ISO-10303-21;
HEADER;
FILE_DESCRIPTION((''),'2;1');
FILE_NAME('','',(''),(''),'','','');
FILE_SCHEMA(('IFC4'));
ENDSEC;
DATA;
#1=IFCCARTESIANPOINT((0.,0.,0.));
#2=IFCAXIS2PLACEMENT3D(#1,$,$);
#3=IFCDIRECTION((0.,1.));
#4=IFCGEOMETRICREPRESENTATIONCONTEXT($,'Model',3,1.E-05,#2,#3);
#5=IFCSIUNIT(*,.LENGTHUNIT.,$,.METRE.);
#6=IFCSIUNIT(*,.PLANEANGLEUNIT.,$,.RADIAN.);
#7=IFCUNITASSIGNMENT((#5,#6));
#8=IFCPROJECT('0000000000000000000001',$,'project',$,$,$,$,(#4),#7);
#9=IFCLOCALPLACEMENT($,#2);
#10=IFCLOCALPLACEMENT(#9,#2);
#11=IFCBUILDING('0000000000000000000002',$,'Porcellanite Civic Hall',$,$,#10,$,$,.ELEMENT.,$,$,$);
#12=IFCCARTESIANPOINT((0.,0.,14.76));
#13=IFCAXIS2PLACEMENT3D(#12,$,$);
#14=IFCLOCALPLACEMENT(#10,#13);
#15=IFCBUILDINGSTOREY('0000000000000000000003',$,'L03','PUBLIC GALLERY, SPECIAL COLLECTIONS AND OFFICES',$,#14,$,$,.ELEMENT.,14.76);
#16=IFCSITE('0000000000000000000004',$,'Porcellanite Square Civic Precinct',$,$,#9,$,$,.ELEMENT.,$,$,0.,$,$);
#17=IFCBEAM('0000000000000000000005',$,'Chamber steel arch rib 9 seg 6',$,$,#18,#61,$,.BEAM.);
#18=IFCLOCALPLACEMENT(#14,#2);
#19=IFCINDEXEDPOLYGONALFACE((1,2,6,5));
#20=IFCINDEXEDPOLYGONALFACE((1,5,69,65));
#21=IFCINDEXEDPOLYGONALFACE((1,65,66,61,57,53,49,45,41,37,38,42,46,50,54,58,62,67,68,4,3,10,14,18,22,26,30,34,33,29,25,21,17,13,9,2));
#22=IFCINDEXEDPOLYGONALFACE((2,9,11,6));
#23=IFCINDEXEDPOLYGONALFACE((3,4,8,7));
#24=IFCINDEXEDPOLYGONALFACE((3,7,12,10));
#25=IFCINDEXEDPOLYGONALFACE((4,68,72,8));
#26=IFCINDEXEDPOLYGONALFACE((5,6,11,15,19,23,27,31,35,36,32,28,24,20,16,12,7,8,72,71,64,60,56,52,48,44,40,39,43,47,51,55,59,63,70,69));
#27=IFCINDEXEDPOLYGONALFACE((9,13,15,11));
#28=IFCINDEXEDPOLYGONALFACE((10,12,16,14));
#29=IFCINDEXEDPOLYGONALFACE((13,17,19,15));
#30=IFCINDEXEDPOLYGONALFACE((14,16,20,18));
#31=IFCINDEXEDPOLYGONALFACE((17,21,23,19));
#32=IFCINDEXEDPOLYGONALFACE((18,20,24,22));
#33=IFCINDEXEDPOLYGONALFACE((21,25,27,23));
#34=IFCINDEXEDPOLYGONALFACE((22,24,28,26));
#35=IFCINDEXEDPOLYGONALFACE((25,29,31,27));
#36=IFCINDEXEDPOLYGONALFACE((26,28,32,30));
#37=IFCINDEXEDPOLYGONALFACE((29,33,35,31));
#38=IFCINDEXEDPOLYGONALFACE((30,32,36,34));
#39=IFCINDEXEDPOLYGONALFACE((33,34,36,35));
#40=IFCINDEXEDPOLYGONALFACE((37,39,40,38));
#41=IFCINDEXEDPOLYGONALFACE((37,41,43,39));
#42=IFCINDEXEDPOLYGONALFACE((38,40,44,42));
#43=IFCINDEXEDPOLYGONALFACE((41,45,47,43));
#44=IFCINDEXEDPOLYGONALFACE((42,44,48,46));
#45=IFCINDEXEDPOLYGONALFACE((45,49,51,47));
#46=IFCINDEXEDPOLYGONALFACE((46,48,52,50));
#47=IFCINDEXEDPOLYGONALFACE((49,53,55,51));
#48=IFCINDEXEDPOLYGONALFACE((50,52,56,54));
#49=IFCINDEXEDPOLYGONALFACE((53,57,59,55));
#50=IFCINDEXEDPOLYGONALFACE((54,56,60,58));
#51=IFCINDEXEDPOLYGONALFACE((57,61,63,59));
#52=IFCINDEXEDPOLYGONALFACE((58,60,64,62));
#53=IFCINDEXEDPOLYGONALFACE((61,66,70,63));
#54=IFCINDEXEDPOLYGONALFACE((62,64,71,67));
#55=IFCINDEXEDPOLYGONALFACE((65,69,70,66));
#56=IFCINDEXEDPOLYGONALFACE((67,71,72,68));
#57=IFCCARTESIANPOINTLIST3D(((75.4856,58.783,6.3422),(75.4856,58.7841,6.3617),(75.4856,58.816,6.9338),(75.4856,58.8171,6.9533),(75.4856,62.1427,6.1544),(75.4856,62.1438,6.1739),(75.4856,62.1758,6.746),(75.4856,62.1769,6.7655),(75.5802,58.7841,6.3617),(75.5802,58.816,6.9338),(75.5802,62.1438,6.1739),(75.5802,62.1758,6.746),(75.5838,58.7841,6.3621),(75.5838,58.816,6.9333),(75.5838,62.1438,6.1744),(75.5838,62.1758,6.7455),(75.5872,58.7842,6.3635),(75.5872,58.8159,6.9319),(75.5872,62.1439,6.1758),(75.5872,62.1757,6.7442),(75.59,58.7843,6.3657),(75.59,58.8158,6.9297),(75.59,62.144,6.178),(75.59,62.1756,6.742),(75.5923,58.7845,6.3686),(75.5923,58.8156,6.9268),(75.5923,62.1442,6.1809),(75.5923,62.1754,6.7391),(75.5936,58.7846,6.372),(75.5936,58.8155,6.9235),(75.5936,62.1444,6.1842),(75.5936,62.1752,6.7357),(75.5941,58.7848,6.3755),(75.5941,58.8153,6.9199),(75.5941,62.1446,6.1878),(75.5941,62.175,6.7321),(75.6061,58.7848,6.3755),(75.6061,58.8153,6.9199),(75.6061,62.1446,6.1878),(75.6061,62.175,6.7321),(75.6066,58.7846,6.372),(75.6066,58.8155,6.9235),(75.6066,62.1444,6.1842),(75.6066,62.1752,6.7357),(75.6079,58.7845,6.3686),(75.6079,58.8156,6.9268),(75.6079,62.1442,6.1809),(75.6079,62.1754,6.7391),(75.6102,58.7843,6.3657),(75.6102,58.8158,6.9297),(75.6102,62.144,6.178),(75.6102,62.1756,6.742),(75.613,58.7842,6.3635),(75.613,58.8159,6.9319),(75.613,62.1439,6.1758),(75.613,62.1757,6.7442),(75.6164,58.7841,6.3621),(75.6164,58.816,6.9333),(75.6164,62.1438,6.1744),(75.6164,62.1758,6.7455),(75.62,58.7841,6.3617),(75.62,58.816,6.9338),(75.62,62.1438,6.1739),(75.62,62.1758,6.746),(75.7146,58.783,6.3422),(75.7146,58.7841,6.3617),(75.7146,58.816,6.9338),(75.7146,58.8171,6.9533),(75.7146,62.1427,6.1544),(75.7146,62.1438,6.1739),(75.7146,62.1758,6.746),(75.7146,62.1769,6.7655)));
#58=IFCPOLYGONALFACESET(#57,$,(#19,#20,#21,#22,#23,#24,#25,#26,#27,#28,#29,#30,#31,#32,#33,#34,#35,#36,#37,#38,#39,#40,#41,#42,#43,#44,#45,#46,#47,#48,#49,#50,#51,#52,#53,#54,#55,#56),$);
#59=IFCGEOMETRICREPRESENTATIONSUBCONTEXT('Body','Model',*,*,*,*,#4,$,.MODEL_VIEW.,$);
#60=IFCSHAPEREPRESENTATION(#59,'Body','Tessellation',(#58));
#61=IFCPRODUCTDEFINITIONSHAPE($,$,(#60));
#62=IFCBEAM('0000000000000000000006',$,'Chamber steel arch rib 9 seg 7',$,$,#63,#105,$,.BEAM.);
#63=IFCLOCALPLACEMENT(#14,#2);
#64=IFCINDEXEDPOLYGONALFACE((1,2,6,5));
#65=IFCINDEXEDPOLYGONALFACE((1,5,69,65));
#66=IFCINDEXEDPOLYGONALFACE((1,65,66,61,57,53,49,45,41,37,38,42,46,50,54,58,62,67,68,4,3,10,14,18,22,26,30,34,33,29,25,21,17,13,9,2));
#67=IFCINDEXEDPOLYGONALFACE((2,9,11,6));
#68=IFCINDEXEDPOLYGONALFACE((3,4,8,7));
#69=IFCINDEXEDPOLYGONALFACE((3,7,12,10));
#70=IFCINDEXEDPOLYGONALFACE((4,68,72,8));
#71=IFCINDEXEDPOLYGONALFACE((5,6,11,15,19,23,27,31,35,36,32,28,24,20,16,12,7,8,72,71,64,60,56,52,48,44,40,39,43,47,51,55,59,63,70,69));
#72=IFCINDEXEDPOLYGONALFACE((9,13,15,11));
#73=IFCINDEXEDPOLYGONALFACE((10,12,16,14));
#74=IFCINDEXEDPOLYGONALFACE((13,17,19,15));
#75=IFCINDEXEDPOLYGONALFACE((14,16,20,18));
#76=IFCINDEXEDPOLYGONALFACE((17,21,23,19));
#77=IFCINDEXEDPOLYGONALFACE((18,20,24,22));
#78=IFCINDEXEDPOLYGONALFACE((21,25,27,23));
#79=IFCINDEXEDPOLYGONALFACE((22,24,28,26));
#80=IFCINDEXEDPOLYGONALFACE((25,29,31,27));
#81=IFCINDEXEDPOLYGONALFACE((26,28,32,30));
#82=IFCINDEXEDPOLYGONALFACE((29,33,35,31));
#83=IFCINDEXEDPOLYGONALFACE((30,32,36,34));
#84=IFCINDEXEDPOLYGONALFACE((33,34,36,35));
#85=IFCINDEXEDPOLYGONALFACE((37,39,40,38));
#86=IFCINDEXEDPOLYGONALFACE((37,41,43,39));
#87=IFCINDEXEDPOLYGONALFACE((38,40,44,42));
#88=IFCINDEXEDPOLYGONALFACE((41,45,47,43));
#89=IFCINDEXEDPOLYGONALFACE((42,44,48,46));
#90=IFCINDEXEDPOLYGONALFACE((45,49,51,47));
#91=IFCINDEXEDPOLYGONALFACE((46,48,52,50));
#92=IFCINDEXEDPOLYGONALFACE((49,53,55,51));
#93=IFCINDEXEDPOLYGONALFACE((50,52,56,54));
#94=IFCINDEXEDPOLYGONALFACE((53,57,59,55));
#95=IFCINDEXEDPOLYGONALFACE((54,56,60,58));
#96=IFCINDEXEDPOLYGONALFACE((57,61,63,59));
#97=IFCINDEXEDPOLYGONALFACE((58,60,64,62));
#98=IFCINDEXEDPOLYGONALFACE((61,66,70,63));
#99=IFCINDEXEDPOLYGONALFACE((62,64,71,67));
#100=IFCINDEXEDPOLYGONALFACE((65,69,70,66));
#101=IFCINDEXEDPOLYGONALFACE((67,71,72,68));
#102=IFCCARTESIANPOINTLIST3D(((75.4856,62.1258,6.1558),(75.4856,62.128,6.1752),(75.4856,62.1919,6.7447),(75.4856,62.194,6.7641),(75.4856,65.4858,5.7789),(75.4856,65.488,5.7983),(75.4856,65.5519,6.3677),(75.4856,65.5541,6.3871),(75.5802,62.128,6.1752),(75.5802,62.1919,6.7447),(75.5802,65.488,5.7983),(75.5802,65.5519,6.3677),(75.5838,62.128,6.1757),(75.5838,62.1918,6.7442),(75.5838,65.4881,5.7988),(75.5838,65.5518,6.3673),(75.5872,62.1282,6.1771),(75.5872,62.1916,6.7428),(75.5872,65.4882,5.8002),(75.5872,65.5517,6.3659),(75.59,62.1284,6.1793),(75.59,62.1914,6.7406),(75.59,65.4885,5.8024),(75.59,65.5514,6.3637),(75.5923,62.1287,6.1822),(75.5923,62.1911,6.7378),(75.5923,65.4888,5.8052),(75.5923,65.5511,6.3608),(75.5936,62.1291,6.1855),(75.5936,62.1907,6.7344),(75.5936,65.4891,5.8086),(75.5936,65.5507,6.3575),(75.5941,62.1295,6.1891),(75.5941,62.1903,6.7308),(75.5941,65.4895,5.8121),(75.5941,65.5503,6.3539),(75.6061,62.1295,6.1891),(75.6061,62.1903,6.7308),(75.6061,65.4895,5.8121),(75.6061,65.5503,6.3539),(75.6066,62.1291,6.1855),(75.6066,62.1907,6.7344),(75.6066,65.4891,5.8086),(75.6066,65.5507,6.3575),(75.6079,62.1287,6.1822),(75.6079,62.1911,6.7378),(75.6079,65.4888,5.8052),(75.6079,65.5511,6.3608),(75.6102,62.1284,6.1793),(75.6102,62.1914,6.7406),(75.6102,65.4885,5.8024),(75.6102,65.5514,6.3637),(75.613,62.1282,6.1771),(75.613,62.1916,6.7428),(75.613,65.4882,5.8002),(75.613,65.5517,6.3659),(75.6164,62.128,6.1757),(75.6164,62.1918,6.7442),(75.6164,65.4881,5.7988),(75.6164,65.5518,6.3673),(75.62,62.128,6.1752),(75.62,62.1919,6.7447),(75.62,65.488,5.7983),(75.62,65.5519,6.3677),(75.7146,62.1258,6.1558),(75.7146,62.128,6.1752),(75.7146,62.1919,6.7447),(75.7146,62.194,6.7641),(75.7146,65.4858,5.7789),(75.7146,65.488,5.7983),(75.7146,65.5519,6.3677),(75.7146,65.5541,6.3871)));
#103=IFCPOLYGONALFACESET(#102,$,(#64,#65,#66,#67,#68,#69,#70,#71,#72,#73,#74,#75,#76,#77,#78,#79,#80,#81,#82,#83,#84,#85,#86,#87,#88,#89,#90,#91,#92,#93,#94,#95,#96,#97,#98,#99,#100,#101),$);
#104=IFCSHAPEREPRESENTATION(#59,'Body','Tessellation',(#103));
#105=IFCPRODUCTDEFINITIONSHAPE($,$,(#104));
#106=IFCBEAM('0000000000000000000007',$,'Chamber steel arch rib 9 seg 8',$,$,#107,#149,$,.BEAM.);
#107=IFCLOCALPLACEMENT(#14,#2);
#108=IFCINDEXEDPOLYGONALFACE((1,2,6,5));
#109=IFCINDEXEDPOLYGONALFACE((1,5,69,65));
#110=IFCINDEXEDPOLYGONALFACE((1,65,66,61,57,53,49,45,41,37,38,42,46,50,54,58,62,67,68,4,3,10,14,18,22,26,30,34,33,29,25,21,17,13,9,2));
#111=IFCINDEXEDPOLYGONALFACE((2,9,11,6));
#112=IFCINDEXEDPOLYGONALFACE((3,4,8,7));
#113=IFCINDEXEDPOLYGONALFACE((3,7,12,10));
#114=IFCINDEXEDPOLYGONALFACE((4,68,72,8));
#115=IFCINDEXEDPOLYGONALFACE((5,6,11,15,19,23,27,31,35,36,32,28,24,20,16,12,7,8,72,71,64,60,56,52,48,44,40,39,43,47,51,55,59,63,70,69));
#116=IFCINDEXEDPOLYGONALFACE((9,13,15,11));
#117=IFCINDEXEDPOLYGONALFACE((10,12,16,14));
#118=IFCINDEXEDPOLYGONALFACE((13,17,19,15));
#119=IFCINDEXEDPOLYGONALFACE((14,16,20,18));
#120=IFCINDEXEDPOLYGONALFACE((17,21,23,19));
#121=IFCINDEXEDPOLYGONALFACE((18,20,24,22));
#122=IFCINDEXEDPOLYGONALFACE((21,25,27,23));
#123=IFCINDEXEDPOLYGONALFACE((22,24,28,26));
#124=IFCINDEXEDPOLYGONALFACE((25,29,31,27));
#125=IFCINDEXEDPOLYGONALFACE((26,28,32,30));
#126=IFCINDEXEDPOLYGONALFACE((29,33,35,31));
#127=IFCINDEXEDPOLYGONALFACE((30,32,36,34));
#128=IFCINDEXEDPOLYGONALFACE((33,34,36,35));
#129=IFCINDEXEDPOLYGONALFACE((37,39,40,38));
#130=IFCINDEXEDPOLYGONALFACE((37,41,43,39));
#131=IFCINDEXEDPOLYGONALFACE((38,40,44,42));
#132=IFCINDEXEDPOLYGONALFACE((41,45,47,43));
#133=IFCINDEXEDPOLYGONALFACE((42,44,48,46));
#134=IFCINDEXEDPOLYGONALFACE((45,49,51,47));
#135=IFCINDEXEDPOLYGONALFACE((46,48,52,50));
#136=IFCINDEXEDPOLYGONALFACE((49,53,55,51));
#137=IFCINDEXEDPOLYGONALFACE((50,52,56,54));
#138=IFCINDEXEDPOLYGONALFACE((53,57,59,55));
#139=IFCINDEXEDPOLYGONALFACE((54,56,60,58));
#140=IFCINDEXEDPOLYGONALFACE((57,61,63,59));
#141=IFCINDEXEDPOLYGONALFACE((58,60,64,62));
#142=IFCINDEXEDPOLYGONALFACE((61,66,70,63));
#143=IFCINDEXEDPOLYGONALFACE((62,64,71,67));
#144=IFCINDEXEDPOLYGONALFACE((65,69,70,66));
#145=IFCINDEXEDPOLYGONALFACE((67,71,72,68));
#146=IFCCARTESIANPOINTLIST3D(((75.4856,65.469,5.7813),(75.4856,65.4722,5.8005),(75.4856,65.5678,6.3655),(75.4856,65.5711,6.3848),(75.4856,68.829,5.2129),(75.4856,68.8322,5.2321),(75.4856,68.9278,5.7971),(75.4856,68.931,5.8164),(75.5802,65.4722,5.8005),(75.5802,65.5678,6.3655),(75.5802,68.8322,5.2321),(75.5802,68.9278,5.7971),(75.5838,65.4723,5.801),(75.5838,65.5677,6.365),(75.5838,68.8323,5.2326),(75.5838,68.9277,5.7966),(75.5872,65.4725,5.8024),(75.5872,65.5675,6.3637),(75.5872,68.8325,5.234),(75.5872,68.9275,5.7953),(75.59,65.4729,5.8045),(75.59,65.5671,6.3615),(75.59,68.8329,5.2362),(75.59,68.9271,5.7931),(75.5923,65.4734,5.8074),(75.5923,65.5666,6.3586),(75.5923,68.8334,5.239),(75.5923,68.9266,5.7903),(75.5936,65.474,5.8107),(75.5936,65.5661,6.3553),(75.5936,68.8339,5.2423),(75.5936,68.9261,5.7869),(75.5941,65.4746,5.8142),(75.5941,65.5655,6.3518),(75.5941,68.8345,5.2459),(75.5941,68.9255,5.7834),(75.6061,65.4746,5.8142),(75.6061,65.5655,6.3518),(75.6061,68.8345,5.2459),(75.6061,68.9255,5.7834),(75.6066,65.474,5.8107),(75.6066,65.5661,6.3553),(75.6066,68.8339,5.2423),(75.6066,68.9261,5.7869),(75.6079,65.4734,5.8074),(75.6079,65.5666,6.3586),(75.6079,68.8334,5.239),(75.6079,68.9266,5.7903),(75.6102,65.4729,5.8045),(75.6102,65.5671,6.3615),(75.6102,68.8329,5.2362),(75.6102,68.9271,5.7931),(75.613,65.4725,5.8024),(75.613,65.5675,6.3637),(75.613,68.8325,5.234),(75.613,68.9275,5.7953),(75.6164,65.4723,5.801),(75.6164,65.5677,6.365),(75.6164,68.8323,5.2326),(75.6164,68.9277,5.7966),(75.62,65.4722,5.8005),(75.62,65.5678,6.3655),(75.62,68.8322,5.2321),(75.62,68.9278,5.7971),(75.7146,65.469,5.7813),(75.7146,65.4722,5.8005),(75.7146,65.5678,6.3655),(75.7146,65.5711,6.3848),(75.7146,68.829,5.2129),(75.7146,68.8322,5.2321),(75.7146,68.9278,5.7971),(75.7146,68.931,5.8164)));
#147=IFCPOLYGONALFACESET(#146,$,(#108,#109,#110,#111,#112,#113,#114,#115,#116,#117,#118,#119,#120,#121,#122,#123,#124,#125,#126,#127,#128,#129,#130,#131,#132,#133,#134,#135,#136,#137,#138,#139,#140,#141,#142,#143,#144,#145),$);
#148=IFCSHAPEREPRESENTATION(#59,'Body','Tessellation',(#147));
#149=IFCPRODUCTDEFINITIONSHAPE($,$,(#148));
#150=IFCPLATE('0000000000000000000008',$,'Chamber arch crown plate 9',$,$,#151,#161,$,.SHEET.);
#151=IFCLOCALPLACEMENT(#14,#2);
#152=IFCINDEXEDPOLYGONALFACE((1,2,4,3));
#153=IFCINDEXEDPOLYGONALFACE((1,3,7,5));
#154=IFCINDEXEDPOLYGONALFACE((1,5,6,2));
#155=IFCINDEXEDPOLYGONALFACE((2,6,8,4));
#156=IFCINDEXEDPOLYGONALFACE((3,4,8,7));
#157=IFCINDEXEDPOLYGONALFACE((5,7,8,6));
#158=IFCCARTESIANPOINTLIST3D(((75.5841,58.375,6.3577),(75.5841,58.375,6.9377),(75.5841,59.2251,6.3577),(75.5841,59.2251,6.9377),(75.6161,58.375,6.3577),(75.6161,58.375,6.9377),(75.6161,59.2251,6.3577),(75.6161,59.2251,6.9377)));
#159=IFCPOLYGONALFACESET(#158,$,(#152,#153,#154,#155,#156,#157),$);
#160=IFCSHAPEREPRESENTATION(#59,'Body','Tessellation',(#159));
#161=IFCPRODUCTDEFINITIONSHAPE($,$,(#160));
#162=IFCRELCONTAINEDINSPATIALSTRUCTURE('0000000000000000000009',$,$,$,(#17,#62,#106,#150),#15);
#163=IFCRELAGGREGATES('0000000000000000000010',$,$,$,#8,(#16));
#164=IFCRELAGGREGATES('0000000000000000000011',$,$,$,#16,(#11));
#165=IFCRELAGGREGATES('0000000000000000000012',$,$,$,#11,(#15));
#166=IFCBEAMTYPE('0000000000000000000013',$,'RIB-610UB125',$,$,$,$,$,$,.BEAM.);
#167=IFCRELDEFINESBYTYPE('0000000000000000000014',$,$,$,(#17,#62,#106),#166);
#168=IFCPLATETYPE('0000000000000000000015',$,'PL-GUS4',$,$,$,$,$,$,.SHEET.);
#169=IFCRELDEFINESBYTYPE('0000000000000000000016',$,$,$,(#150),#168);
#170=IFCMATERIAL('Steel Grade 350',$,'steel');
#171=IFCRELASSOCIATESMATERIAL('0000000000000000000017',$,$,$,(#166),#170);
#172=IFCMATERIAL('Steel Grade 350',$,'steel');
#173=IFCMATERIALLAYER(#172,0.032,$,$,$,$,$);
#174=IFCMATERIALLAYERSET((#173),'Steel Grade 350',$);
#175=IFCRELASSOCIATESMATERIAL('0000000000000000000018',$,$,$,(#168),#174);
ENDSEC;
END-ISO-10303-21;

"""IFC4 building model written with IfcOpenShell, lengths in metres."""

from ifc_helpers import new_model, si_unit, direction, frame, origin, origin_2d, place, context, subcontext, project, spatial, rectangle, i_section, extrude, material, layer, layer_set, material_profile, profile_set, type_object, element, save


model = new_model("IFC4")

# Units and contexts
model_context = context("Model", 3, precision=1e-05, world=origin(), true_north=direction((0.0, 1.0)))
body_context = subcontext(model_context, "Body", "Model", "MODEL_VIEW")
ifc_project = project(units=[si_unit("LENGTHUNIT", "METRE"), si_unit("PLANEANGLEUNIT", "RADIAN")], contexts=[model_context])

# Site, building, storey
site_placement = place(None, origin())
site = spatial("IfcSite", under=ifc_project, at=site_placement, Name="Porcellanite Square Civic Precinct", CompositionType="ELEMENT", RefElevation=0.0)
building_placement = place(site_placement, origin())
building = spatial("IfcBuilding", under=site, at=building_placement, Name="Porcellanite Civic Hall", CompositionType="ELEMENT")
storey_placement = place(building_placement, frame((0.0, 0.0, 14.76)))
storey = spatial("IfcBuildingStorey", under=building, at=storey_placement, Name="L03", Description="PUBLIC GALLERY, SPECIAL COLLECTIONS AND OFFICES", CompositionType="ELEMENT", Elevation=14.76)

# Beams
ifc_material_1 = material(Name="Steel Grade 350", Category="steel")
ifc_material_profile_1 = material_profile(ifc_material_1, i_section(OverallWidth=0.229, OverallDepth=0.6121, WebThickness=0.012, FlangeThickness=0.0195, FilletRadius=0.0139, at=origin_2d()), Name="610UB125")
ifc_profile_set_1 = profile_set([ifc_material_profile_1], Name="Steel Grade 350")
beam_type = type_object("IfcBeamType", Name="RIB-610UB125", PredefinedType="BEAM", material=ifc_profile_set_1)
beam_1_placement = place(storey_placement, frame((75.6001, 58.8, 6.6477), z_axis=(0.0, 0.998442, -0.055791), x_axis=(-1.0, 0.0, 0.0)))
element("IfcBeam", 1, at=beam_1_placement, inside=storey, type_object=beam_type, Name="Chamber steel arch rib 9 seg 6", PredefinedType="BEAM", context=body_context, shape_type="SweptSolid", body=[
    extrude(i_section(OverallWidth=0.229, OverallDepth=0.6121, WebThickness=0.012, FlangeThickness=0.0195, FilletRadius=0.0139, at=origin_2d()), origin(), (0.0, 0.0, 1.0), 3.365),
])
beam_2_placement = place(storey_placement, frame((75.6001, 62.1599, 6.46), z_axis=(0.0, 0.993766, -0.111485), x_axis=(-1.0, 0.0, 0.0)))
element("IfcBeam", 2, at=beam_2_placement, inside=storey, type_object=beam_type, Name="Chamber steel arch rib 9 seg 7", PredefinedType="BEAM", context=body_context, shape_type="SweptSolid", body=[
    extrude(i_section(OverallWidth=0.229, OverallDepth=0.6121, WebThickness=0.012, FlangeThickness=0.0195, FilletRadius=0.0139, at=origin_2d()), origin(), (0.0, 0.0, 1.0), 3.3811),
])
beam_3_placement = place(storey_placement, frame((75.6001, 65.52, 6.083), z_axis=(0.0, 0.985992, -0.166792), x_axis=(-1.0, 0.0, 0.0)))
element("IfcBeam", 3, at=beam_3_placement, inside=storey, type_object=beam_type, Name="Chamber steel arch rib 9 seg 8", PredefinedType="BEAM", context=body_context, shape_type="SweptSolid", body=[
    extrude(i_section(OverallWidth=0.229, OverallDepth=0.6121, WebThickness=0.012, FlangeThickness=0.0195, FilletRadius=0.0139, at=origin_2d()), origin(), (0.0, 0.0, 1.0), 3.4077),
])

# Plate
ifc_material_2 = material(Name="Steel Grade 350", Category="steel")
ifc_layer_1 = layer(ifc_material_2, 0.032)
ifc_layer_set_1 = layer_set([ifc_layer_1], Name="Steel Grade 350")
plate_type = type_object("IfcPlateType", Name="PL-GUS4", PredefinedType="SHEET", material=ifc_layer_set_1)
plate_placement = place(storey_placement, frame((75.6001, 58.8, 6.3577), z_axis=(0.0, 0.0, 1.0), x_axis=(1.0, 0.0, 0.0)))
element("IfcPlate", 4, at=plate_placement, inside=storey, type_object=plate_type, Name="Chamber arch crown plate 9", PredefinedType="SHEET", context=body_context, shape_type="SweptSolid", body=[
    extrude(rectangle(XDim=0.032, YDim=0.8501, at=origin_2d()), origin(), (0.0, 0.0, 1.0), 0.5801),
])

save(model, "model.ifc")
